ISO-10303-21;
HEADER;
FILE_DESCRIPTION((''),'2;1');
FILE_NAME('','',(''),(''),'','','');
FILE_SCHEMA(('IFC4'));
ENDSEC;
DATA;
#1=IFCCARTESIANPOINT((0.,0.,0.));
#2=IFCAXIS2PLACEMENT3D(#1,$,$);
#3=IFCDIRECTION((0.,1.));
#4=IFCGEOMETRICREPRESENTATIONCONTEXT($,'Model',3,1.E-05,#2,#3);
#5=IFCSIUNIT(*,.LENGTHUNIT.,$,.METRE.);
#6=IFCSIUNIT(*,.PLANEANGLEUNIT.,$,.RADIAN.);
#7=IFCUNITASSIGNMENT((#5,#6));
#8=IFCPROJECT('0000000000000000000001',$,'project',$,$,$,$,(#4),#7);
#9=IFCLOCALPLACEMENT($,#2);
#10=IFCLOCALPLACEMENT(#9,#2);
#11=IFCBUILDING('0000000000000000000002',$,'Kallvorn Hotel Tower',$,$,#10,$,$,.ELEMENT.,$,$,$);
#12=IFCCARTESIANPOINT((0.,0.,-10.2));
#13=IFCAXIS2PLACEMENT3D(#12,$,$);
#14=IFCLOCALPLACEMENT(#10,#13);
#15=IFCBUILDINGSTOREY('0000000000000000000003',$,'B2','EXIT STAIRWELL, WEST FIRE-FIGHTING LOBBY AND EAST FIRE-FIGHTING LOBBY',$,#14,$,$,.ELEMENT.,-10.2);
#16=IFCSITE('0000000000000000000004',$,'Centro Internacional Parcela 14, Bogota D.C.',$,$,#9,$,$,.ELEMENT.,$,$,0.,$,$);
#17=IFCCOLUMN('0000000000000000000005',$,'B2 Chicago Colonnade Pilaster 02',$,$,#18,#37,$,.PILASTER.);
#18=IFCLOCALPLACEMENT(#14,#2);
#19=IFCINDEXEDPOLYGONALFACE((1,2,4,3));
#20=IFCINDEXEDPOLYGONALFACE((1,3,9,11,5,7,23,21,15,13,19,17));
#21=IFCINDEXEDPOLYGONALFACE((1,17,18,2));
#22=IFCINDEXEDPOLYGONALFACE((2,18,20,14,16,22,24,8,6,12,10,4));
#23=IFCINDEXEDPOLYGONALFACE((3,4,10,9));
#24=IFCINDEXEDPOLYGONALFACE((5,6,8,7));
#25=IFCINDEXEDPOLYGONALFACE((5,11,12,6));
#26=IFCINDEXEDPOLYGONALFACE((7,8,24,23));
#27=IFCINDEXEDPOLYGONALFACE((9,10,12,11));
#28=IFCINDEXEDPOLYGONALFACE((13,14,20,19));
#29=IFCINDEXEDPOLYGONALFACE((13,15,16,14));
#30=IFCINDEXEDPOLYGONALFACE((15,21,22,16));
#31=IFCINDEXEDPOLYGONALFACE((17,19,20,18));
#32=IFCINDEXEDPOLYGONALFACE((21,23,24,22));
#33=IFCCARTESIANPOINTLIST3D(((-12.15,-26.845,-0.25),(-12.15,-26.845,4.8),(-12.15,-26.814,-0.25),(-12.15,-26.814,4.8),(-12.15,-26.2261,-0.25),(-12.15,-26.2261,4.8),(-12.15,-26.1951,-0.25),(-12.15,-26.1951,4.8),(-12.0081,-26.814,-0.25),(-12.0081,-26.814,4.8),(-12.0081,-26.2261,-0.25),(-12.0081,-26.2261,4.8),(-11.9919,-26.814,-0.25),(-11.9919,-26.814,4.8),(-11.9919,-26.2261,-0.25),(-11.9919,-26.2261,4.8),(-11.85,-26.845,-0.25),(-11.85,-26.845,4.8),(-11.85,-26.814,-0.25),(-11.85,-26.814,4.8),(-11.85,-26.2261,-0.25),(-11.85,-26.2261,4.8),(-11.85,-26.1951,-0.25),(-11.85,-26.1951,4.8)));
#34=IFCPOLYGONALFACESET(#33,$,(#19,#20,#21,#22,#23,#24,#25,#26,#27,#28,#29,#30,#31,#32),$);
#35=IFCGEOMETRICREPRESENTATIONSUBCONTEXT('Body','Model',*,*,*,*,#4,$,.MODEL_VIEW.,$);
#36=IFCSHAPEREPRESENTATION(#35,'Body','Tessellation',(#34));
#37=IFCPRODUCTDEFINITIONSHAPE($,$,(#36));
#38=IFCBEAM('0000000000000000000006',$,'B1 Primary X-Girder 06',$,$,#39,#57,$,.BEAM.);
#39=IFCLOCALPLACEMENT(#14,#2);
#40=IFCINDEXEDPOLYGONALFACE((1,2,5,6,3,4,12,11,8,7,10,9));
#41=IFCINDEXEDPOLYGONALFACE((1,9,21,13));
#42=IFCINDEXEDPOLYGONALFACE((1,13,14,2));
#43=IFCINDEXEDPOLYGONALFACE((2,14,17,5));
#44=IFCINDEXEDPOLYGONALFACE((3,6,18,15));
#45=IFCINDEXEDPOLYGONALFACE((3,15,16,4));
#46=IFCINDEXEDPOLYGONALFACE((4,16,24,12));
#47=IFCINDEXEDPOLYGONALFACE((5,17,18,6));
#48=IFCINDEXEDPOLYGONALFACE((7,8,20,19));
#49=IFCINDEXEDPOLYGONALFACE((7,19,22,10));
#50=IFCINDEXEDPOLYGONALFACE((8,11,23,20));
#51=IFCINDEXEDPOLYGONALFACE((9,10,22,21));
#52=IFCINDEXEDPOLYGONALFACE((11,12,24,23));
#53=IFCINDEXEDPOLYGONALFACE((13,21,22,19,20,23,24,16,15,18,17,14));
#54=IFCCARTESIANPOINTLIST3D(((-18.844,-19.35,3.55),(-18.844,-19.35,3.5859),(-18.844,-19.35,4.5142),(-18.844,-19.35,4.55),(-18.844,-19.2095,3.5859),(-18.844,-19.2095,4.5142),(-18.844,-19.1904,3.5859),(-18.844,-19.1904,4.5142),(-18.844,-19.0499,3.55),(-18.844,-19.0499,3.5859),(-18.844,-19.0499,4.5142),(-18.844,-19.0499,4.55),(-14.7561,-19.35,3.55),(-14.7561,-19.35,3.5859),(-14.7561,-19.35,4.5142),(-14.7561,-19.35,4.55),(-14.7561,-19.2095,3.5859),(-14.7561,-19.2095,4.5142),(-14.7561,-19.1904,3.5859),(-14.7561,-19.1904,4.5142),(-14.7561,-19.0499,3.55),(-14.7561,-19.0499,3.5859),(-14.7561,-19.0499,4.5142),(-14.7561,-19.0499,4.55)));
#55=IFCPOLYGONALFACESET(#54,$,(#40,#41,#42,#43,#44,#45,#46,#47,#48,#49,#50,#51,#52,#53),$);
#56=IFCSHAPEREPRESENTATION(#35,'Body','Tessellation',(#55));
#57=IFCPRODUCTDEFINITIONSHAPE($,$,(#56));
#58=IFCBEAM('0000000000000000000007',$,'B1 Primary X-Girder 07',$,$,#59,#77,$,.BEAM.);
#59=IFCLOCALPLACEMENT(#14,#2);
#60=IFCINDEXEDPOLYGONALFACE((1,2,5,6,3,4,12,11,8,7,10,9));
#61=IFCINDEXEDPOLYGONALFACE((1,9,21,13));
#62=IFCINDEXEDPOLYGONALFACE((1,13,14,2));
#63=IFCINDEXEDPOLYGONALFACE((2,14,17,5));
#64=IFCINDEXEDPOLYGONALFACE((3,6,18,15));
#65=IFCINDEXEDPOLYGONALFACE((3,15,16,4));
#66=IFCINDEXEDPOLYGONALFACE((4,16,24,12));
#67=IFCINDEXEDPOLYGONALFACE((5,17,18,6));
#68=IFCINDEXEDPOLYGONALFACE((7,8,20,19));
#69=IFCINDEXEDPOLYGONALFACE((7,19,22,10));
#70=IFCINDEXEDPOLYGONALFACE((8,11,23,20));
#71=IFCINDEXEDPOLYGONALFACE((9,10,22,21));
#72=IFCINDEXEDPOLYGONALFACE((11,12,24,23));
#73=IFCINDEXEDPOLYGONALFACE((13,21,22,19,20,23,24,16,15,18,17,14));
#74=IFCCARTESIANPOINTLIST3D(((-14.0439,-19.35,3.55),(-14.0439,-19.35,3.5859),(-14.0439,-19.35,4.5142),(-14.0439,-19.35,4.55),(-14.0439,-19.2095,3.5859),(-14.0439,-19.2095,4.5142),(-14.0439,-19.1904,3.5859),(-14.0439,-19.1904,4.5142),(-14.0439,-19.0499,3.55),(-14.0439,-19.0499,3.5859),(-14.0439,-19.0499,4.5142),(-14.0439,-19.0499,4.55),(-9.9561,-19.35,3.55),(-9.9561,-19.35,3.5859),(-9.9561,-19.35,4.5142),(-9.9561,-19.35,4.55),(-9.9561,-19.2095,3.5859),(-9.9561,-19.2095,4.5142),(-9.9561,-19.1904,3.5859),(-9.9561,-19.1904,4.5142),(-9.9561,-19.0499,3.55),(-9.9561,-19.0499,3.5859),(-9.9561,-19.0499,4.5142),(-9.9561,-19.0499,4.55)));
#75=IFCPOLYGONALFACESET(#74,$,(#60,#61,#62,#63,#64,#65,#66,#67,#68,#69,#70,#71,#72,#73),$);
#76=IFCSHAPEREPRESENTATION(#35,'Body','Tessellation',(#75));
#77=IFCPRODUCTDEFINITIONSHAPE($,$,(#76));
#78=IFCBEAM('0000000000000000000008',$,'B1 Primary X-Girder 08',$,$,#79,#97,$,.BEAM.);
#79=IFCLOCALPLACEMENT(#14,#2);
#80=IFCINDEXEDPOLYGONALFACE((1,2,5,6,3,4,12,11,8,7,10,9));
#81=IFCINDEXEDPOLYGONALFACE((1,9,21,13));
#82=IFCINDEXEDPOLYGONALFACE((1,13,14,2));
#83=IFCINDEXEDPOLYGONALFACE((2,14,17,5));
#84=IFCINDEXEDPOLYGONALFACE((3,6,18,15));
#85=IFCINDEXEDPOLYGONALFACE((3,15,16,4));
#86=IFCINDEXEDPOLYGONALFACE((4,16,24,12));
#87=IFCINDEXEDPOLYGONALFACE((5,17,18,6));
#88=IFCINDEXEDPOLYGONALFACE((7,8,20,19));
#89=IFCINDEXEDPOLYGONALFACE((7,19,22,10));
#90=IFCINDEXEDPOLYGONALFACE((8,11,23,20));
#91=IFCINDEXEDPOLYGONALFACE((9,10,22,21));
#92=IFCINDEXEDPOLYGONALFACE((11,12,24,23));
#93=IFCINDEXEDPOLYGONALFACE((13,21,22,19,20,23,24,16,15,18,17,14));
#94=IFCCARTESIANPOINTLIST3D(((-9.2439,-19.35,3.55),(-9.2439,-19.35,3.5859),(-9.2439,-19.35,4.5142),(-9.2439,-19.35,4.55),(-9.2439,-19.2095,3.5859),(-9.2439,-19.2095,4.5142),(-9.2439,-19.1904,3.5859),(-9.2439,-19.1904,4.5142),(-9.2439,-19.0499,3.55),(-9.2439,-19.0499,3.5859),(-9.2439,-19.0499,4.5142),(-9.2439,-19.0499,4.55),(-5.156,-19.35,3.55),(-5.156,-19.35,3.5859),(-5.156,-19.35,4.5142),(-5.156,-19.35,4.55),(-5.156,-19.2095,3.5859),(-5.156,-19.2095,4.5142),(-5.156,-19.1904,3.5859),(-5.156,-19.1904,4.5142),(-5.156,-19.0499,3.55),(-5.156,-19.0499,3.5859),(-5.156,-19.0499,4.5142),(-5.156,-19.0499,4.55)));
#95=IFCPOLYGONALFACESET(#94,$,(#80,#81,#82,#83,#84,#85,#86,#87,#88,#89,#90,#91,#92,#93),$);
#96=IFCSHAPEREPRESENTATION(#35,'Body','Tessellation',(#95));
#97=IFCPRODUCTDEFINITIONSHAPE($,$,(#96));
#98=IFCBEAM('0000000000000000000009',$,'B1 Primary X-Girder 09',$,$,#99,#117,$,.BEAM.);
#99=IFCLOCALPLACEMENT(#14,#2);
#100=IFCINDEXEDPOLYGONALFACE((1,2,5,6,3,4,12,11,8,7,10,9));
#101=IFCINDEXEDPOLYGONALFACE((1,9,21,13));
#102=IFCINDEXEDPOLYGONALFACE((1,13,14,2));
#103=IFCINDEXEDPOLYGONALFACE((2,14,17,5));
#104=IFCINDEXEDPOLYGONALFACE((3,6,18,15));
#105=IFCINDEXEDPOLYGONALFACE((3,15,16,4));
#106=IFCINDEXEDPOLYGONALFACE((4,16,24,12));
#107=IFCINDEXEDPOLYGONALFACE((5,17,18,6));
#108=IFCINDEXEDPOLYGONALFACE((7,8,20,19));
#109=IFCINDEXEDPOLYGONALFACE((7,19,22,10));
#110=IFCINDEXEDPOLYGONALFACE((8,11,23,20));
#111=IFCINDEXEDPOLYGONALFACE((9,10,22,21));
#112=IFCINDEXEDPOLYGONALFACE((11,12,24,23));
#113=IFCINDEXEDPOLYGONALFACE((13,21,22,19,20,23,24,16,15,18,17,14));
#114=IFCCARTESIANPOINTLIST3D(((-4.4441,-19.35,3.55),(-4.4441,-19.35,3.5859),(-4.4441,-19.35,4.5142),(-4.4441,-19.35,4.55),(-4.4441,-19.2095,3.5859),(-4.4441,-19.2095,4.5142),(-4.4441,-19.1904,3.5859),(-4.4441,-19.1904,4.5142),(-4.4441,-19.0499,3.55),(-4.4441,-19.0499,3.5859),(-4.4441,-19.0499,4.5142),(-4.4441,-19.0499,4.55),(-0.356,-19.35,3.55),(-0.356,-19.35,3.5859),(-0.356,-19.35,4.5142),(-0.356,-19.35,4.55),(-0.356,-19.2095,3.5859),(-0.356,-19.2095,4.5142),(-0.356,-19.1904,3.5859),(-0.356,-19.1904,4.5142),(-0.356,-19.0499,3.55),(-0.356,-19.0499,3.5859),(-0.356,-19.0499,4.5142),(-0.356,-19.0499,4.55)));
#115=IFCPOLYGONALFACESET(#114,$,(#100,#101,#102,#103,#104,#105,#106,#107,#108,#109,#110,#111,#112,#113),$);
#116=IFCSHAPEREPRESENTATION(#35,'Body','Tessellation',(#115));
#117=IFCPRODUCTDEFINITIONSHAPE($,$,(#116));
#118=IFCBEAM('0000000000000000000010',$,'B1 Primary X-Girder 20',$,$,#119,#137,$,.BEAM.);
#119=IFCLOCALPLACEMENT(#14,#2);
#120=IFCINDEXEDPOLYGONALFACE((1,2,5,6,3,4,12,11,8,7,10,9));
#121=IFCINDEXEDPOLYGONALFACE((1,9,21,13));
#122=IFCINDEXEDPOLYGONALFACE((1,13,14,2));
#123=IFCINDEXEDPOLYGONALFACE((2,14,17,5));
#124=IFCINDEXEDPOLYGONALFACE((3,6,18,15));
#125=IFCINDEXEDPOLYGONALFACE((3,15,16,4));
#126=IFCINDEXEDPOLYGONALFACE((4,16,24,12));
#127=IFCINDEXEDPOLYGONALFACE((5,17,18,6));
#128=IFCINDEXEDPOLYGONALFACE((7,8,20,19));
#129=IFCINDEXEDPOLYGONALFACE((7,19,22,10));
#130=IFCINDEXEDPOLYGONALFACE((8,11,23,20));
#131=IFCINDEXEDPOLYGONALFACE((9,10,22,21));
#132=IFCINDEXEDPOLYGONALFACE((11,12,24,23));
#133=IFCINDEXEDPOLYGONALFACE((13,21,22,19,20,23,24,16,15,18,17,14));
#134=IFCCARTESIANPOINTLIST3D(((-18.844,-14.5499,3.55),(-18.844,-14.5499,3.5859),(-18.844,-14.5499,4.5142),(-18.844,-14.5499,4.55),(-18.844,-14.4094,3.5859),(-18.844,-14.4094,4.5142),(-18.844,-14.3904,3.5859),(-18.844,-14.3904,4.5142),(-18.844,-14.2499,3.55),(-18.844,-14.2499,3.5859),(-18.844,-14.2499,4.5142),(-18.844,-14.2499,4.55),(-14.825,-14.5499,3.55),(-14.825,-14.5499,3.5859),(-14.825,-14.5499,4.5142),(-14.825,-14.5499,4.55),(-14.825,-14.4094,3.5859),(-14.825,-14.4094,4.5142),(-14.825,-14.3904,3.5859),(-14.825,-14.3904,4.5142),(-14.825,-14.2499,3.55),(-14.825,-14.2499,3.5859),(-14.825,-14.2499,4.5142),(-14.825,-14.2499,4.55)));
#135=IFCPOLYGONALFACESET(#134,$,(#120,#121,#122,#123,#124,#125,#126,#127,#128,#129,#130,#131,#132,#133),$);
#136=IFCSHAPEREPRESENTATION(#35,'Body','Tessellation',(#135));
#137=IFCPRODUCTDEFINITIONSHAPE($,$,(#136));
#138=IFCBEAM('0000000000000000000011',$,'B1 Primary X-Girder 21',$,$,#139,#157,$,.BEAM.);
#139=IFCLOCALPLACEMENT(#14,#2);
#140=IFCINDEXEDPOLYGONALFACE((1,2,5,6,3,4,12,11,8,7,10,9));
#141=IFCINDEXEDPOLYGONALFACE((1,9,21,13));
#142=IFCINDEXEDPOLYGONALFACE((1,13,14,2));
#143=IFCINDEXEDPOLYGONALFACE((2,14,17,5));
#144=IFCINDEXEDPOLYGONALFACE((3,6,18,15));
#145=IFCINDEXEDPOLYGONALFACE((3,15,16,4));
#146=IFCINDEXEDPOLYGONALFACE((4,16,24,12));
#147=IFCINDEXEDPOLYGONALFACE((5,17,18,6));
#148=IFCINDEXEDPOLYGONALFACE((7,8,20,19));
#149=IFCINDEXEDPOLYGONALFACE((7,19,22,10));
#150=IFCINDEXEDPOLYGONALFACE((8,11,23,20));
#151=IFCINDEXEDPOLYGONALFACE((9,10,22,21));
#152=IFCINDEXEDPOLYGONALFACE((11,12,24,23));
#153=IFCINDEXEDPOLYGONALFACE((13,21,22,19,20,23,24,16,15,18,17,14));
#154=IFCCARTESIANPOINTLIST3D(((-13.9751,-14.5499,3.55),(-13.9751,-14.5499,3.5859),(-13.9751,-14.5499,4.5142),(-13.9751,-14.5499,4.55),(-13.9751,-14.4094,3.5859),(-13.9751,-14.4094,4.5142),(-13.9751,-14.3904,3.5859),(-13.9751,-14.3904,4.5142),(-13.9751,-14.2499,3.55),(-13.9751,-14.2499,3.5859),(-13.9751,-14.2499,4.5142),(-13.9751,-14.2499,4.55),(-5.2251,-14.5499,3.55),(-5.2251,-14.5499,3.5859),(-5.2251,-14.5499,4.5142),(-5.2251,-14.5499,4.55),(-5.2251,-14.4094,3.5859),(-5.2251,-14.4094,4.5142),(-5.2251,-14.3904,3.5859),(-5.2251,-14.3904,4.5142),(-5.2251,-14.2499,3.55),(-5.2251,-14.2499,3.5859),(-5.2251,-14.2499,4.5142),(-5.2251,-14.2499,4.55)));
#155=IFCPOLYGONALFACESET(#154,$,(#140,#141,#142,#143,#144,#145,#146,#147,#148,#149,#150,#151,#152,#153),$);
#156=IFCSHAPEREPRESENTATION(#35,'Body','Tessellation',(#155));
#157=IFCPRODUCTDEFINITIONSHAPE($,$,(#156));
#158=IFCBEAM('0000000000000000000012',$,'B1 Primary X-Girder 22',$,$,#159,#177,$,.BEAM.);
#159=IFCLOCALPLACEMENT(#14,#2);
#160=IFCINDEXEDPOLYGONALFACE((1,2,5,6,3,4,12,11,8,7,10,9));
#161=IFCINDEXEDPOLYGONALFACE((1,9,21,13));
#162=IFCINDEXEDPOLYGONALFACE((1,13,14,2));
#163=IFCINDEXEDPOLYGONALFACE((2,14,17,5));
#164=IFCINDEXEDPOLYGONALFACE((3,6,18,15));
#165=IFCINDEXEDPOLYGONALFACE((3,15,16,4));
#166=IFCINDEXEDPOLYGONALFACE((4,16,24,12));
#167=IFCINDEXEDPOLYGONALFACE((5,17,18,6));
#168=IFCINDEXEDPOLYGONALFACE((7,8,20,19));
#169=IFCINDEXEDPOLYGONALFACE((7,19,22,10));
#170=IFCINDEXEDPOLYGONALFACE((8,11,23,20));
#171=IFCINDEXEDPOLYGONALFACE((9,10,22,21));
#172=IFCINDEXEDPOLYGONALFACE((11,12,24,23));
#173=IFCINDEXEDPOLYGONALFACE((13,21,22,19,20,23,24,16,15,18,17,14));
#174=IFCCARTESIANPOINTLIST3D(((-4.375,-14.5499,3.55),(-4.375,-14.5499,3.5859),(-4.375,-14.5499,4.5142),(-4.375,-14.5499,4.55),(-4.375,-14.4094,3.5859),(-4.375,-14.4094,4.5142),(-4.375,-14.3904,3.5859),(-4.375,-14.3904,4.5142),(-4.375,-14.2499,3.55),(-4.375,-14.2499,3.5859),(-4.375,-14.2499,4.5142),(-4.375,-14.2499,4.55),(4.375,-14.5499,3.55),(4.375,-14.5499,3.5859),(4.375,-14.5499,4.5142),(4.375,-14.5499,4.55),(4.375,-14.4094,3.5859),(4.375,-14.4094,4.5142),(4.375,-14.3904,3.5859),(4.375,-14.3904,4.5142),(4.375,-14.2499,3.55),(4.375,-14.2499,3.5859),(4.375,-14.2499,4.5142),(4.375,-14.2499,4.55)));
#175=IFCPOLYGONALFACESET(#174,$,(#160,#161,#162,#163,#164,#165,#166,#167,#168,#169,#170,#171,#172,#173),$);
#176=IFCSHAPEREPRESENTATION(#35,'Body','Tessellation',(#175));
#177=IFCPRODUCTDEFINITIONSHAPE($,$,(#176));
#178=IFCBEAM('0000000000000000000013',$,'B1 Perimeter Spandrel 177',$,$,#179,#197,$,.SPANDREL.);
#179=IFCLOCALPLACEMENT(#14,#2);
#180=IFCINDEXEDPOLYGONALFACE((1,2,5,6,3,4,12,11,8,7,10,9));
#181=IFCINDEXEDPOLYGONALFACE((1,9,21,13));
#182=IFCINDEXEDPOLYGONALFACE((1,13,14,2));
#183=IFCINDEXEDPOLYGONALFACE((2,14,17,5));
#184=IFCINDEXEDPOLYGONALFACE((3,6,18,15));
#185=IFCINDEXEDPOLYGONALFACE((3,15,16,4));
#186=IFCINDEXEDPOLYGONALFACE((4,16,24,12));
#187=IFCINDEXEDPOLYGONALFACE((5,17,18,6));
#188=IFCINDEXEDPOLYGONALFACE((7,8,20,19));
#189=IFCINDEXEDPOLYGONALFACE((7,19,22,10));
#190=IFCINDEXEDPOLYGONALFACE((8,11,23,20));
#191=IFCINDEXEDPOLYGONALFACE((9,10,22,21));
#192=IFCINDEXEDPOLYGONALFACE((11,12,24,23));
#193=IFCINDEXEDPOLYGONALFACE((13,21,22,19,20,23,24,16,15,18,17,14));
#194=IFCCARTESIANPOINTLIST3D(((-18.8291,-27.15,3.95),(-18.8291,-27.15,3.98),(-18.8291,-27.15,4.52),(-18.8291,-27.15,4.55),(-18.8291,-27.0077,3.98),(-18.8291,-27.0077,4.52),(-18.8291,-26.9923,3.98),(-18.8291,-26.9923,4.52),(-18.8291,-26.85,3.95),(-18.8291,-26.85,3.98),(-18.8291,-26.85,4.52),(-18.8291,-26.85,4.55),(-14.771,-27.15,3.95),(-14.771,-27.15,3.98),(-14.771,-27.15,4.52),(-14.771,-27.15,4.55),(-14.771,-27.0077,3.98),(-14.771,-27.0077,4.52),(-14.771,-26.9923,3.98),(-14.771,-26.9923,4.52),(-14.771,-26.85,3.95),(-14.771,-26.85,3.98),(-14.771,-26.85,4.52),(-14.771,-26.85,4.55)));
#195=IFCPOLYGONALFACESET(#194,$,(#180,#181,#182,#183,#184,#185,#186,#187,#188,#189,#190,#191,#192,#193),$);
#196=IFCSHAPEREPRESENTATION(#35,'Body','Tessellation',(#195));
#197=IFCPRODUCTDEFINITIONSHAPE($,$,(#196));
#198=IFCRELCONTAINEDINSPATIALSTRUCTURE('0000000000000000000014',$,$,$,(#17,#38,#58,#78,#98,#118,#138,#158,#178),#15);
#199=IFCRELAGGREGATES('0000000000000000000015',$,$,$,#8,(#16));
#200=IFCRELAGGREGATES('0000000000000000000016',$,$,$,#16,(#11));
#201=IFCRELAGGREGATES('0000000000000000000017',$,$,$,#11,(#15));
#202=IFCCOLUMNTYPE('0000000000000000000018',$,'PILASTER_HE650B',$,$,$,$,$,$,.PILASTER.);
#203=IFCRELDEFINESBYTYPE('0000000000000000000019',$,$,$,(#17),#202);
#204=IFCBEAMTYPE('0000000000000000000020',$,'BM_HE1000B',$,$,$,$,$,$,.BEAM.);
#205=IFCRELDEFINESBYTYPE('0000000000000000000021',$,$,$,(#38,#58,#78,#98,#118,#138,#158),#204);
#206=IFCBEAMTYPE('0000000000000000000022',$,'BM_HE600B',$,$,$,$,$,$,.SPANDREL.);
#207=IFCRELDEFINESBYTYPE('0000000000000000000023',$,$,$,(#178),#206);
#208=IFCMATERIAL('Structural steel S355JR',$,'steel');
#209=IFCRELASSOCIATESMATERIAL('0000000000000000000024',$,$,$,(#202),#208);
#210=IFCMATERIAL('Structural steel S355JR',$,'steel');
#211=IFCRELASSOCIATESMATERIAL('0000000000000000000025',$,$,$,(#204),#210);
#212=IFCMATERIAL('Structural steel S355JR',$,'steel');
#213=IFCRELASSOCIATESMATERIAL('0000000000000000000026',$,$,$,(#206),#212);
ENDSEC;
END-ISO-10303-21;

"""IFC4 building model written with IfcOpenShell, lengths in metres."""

from ifc_helpers import new_model, si_unit, direction, frame, origin, origin_2d, place, context, subcontext, project, spatial, i_section, extrude, material, material_profile, profile_set, type_object, element, save


model = new_model("IFC4")

# Units and contexts
model_context = context("Model", 3, precision=1e-05, world=origin(), true_north=direction((0.0, 1.0)))
body_context = subcontext(model_context, "Body", "Model", "MODEL_VIEW")
ifc_project = project(units=[si_unit("LENGTHUNIT", "METRE"), si_unit("PLANEANGLEUNIT", "RADIAN")], contexts=[model_context])

# Site, building, storey
site_placement = place(None, origin())
site = spatial("IfcSite", under=ifc_project, at=site_placement, Name="Centro Internacional Parcela 14, Bogota D.C.", CompositionType="ELEMENT", RefElevation=0.0)
building_placement = place(site_placement, origin())
building = spatial("IfcBuilding", under=site, at=building_placement, Name="Kallvorn Hotel Tower", CompositionType="ELEMENT")
storey_placement = place(building_placement, frame((0.0, 0.0, -10.2)))
storey = spatial("IfcBuildingStorey", under=building, at=storey_placement, Name="B2", Description="EXIT STAIRWELL, WEST FIRE-FIGHTING LOBBY AND EAST FIRE-FIGHTING LOBBY", CompositionType="ELEMENT", Elevation=-10.2)

# Column
ifc_material_1 = material(Name="Structural steel S355JR", Category="steel")
ifc_material_profile_1 = material_profile(ifc_material_1, i_section(OverallWidth=0.3, OverallDepth=0.6499, WebThickness=0.0161, FlangeThickness=0.031, at=origin_2d()), Name="HE 650 B")
ifc_profile_set_1 = profile_set([ifc_material_profile_1], Name="Structural steel S355JR")
column_type_1 = type_object("IfcColumnType", Name="PILASTER_HE650B", PredefinedType="PILASTER", material=ifc_profile_set_1)
column_placement = place(storey_placement, frame((-12.0, -26.52, -0.25), z_axis=(0.0, 0.0, 1.0), x_axis=(1.0, 0.0, 0.0)))
element("IfcColumn", 1, at=column_placement, inside=storey, type_object=column_type_1, Name="B2 Chicago Colonnade Pilaster 02", PredefinedType="PILASTER", context=body_context, shape_type="SweptSolid", body=[
    extrude(i_section(OverallWidth=0.3, OverallDepth=0.6499, WebThickness=0.0161, FlangeThickness=0.031, at=origin_2d()), origin(), (0.0, 0.0, 1.0), 5.05),
])

# Beams
ifc_material_2 = material(Name="Structural steel S355JR", Category="steel")
ifc_material_profile_2 = material_profile(ifc_material_2, i_section(OverallWidth=0.3, OverallDepth=1.0, WebThickness=0.019, FlangeThickness=0.0359, at=origin_2d()), Name="HE 1000 B")
ifc_profile_set_2 = profile_set([ifc_material_profile_2], Name="Structural steel S355JR")
beam_type_1 = type_object("IfcBeamType", Name="BM_HE1000B", PredefinedType="BEAM", material=ifc_profile_set_2)
for number, where, z_axis, x_axis, name in (
    (2, (-18.844, -19.2, 4.05), (1.0, 0.0, 0.0), (0.0, 1.0, 0.0), "B1 Primary X-Girder 06"),
    (3, (-14.0439, -19.2, 4.05), (1.0, 0.0, 0.0), (0.0, 1.0, 0.0), "B1 Primary X-Girder 07"),
    (4, (-9.2439, -19.2, 4.05), (1.0, 0.0, 0.0), (0.0, 1.0, 0.0), "B1 Primary X-Girder 08"),
):
    element("IfcBeam", number, at=place(storey_placement, frame(where, z_axis=z_axis, x_axis=x_axis)), inside=storey, type_object=beam_type_1, Name=name, PredefinedType="BEAM", context=body_context, shape_type="SweptSolid", body=[
        extrude(i_section(OverallWidth=0.3, OverallDepth=1.0, WebThickness=0.019, FlangeThickness=0.0359, at=origin_2d()), origin(), (0.0, 0.0, 1.0), 4.0879),
    ])
beam_1_placement = place(storey_placement, frame((-4.4441, -19.2, 4.05), z_axis=(1.0, 0.0, 0.0), x_axis=(0.0, 1.0, 0.0)))
element("IfcBeam", 5, at=beam_1_placement, inside=storey, type_object=beam_type_1, Name="B1 Primary X-Girder 09", PredefinedType="BEAM", context=body_context, shape_type="SweptSolid", body=[
    extrude(i_section(OverallWidth=0.3, OverallDepth=1.0, WebThickness=0.019, FlangeThickness=0.0359, at=origin_2d()), origin(), (0.0, 0.0, 1.0), 4.0881),
])
beam_2_placement = place(storey_placement, frame((-18.844, -14.3999, 4.05), z_axis=(1.0, 0.0, 0.0), x_axis=(0.0, 1.0, 0.0)))
element("IfcBeam", 6, at=beam_2_placement, inside=storey, type_object=beam_type_1, Name="B1 Primary X-Girder 20", PredefinedType="BEAM", context=body_context, shape_type="SweptSolid", body=[
    extrude(i_section(OverallWidth=0.3, OverallDepth=1.0, WebThickness=0.019, FlangeThickness=0.0359, at=origin_2d()), origin(), (0.0, 0.0, 1.0), 4.019),
])
for number, where, z_axis, x_axis, name in (
    (7, (-13.9751, -14.3999, 4.05), (1.0, 0.0, 0.0), (0.0, 1.0, 0.0), "B1 Primary X-Girder 21"),
    (8, (-4.375, -14.3999, 4.05), (1.0, 0.0, 0.0), (0.0, 1.0, 0.0), "B1 Primary X-Girder 22"),
):
    element("IfcBeam", number, at=place(storey_placement, frame(where, z_axis=z_axis, x_axis=x_axis)), inside=storey, type_object=beam_type_1, Name=name, PredefinedType="BEAM", context=body_context, shape_type="SweptSolid", body=[
        extrude(i_section(OverallWidth=0.3, OverallDepth=1.0, WebThickness=0.019, FlangeThickness=0.0359, at=origin_2d()), origin(), (0.0, 0.0, 1.0), 8.75),
    ])
ifc_material_3 = material(Name="Structural steel S355JR", Category="steel")
ifc_material_profile_3 = material_profile(ifc_material_3, i_section(OverallWidth=0.3, OverallDepth=0.6001, WebThickness=0.0154, FlangeThickness=0.03, at=origin_2d()), Name="HE 600 B")
ifc_profile_set_3 = profile_set([ifc_material_profile_3], Name="Structural steel S355JR")
beam_type_2 = type_object("IfcBeamType", Name="BM_HE600B", PredefinedType="SPANDREL", material=ifc_profile_set_3)
for number, where, z_axis, x_axis, name in (
    (9, (-18.8291, -27.0, 4.25), (1.0, 0.0, 0.0), (0.0, 1.0, 0.0), "B1 Perimeter Spandrel 177"),
):
    element("IfcBeam", number, at=place(storey_placement, frame(where, z_axis=z_axis, x_axis=x_axis)), inside=storey, type_object=beam_type_2, Name=name, PredefinedType="SPANDREL", context=body_context, shape_type="SweptSolid", body=[
        extrude(i_section(OverallWidth=0.3, OverallDepth=0.6001, WebThickness=0.0154, FlangeThickness=0.03, at=origin_2d()), origin(), (0.0, 0.0, 1.0), 4.0581),
    ])

save(model, "model.ifc")
